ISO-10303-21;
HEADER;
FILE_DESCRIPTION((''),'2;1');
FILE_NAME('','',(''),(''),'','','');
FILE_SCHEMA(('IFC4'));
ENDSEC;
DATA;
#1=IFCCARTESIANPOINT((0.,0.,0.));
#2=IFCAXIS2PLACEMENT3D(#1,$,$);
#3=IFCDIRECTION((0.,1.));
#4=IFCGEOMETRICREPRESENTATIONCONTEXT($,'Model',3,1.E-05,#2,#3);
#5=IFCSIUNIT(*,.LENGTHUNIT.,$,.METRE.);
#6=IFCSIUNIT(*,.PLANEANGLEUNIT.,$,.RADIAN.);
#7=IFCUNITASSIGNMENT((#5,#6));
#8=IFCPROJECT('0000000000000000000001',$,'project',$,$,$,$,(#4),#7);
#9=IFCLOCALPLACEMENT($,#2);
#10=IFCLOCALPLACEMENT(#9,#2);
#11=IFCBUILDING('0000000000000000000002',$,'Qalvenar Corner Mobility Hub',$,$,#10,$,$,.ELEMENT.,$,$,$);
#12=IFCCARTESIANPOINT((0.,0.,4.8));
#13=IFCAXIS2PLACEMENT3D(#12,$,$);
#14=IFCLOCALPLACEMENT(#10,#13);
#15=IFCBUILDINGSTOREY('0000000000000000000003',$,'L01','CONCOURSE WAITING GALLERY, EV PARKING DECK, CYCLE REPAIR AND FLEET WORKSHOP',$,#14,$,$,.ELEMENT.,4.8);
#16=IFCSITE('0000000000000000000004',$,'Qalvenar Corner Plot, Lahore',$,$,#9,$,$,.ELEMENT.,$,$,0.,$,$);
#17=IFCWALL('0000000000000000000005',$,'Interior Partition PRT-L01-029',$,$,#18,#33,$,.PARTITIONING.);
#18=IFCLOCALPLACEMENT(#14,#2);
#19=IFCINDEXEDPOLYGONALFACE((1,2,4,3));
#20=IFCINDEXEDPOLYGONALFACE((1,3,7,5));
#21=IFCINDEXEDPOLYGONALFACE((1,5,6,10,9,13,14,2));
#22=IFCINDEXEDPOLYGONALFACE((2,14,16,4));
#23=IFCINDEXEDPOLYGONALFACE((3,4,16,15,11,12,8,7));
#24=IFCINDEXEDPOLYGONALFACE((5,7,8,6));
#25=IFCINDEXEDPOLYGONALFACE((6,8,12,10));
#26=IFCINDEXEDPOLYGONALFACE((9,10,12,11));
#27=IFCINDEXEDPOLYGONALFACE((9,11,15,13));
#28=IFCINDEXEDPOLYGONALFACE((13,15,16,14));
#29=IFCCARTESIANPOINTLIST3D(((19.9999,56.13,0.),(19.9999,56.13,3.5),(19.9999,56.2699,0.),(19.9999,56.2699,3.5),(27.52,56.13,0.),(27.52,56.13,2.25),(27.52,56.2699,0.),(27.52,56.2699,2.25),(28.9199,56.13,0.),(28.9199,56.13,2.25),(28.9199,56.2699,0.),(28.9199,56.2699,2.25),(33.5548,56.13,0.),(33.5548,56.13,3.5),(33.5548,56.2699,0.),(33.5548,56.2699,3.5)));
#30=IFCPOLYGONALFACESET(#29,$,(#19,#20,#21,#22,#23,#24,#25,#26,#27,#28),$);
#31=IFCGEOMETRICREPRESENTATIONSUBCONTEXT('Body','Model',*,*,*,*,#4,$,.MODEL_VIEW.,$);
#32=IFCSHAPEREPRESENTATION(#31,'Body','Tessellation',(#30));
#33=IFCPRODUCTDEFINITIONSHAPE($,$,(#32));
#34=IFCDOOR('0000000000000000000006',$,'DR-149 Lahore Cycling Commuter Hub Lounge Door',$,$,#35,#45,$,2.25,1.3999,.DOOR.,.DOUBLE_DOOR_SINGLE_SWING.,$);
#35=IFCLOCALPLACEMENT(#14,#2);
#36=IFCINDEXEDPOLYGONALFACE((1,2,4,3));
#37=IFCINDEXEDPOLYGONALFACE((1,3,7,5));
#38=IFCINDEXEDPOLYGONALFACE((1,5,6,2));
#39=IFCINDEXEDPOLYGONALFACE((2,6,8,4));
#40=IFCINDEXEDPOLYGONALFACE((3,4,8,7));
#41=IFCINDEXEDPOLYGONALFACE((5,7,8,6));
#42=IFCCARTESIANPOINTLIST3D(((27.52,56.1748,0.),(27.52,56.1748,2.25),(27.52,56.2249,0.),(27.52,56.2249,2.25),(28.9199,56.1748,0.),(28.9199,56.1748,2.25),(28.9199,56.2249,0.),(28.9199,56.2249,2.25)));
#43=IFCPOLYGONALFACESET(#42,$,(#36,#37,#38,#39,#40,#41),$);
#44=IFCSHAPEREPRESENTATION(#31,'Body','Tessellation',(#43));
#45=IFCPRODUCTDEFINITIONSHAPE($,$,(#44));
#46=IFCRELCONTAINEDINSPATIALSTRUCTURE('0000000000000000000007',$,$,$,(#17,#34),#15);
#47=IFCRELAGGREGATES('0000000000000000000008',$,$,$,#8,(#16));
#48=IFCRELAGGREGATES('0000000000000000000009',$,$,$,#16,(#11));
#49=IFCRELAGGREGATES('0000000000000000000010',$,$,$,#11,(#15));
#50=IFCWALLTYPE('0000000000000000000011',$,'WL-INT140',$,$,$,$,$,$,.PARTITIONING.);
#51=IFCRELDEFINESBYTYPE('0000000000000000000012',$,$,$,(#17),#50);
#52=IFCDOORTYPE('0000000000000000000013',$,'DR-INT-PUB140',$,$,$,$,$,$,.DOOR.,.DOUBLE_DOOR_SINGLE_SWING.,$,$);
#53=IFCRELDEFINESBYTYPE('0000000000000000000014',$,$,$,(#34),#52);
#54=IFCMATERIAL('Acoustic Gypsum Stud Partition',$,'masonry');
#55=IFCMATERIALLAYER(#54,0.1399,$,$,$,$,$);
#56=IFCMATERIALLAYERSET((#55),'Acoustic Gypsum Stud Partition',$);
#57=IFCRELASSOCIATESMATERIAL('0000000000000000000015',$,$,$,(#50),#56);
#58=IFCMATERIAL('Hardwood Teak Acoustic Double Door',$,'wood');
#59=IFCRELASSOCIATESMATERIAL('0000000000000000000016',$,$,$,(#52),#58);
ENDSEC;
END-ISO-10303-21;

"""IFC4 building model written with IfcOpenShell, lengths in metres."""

from ifc_helpers import new_model, si_unit, direction, frame, frame_2d, origin, place, context, subcontext, project, spatial, rectangle, extrude, material, layer, layer_set, type_object, element, fill, save


model = new_model("IFC4")

# Units and contexts
model_context = context("Model", 3, precision=1e-05, world=origin(), true_north=direction((0.0, 1.0)))
body_context = subcontext(model_context, "Body", "Model", "MODEL_VIEW")
ifc_project = project(units=[si_unit("LENGTHUNIT", "METRE"), si_unit("PLANEANGLEUNIT", "RADIAN")], contexts=[model_context])

# Site, building, storey
site_placement = place(None, origin())
site = spatial("IfcSite", under=ifc_project, at=site_placement, Name="Qalvenar Corner Plot, Lahore", CompositionType="ELEMENT", RefElevation=0.0)
building_placement = place(site_placement, origin())
building = spatial("IfcBuilding", under=site, at=building_placement, Name="Qalvenar Corner Mobility Hub", CompositionType="ELEMENT")
storey_placement = place(building_placement, frame((0.0, 0.0, 4.8)))
storey = spatial("IfcBuildingStorey", under=building, at=storey_placement, Name="L01", Description="CONCOURSE WAITING GALLERY, EV PARKING DECK, CYCLE REPAIR AND FLEET WORKSHOP", CompositionType="ELEMENT", Elevation=4.8)

# Shared definitions
ifc_material_1 = material(Name="Acoustic Gypsum Stud Partition", Category="masonry")
ifc_layer_1 = layer(ifc_material_1, 0.1399)
ifc_layer_set_1 = layer_set([ifc_layer_1], Name="Acoustic Gypsum Stud Partition")
wall_type_1 = type_object("IfcWallType", Name="WL-INT140", PredefinedType="PARTITIONING", material=ifc_layer_set_1)

# Wall, opening, door
wall_1_placement = place(storey_placement, frame((20.0, 56.2, 0.0), z_axis=(0.0, 0.0, 1.0), x_axis=(1.0, 0.0, 0.0)))
wall_1 = element("IfcWall", 1, at=wall_1_placement, inside=storey, type_object=wall_type_1, Name="Interior Partition PRT-L01-029", PredefinedType="PARTITIONING", context=body_context, shape_type="SweptSolid", body=[
    extrude(rectangle(XDim=13.5549, YDim=0.1399, at=frame_2d((6.7773, 0.0))), origin(), (0.0, 0.0, 1.0), 3.5),
])
opening_1_placement = place(wall_1_placement, frame((7.52, 0.0, 0.0)))
opening_1 = element("IfcOpeningElement", 2, at=opening_1_placement, cuts=wall_1, PredefinedType="OPENING", context=body_context, shape_type="SweptSolid", body=[
    extrude(rectangle(XDim=1.3999, YDim=2.25, at=frame_2d((0.7, 1.125))), frame((0.0, 0.0801, 0.0), z_axis=(0.0, -1.0, 0.0), x_axis=(1.0, 0.0, 0.0)), (0.0, 0.0, 1.0), 0.1599),
])
ifc_material_2 = material(Name="Hardwood Teak Acoustic Double Door", Category="wood")
door_type_1 = type_object("IfcDoorType", Name="DR-INT-PUB140", OperationType="DOUBLE_DOOR_SINGLE_SWING", PredefinedType="DOOR", material=ifc_material_2)
door_1_placement = place(opening_1_placement, origin())
door_1 = element("IfcDoor", 3, at=door_1_placement, inside=storey, type_object=door_type_1, Name="DR-149 Lahore Cycling Commuter Hub Lounge Door", OperationType="DOUBLE_DOOR_SINGLE_SWING", OverallHeight=2.25, OverallWidth=1.3999, PredefinedType="DOOR", context=body_context, shape_type="SweptSolid", body=[
    extrude(rectangle(XDim=1.3999, YDim=2.25, at=frame_2d((0.7, 1.125))), frame((0.0, 0.0249, 0.0), z_axis=(0.0, -1.0, 0.0), x_axis=(1.0, 0.0, 0.0)), (0.0, 0.0, 1.0), 0.05),
])
fill(opening_1, door_1)

save(model, "model.ifc")
